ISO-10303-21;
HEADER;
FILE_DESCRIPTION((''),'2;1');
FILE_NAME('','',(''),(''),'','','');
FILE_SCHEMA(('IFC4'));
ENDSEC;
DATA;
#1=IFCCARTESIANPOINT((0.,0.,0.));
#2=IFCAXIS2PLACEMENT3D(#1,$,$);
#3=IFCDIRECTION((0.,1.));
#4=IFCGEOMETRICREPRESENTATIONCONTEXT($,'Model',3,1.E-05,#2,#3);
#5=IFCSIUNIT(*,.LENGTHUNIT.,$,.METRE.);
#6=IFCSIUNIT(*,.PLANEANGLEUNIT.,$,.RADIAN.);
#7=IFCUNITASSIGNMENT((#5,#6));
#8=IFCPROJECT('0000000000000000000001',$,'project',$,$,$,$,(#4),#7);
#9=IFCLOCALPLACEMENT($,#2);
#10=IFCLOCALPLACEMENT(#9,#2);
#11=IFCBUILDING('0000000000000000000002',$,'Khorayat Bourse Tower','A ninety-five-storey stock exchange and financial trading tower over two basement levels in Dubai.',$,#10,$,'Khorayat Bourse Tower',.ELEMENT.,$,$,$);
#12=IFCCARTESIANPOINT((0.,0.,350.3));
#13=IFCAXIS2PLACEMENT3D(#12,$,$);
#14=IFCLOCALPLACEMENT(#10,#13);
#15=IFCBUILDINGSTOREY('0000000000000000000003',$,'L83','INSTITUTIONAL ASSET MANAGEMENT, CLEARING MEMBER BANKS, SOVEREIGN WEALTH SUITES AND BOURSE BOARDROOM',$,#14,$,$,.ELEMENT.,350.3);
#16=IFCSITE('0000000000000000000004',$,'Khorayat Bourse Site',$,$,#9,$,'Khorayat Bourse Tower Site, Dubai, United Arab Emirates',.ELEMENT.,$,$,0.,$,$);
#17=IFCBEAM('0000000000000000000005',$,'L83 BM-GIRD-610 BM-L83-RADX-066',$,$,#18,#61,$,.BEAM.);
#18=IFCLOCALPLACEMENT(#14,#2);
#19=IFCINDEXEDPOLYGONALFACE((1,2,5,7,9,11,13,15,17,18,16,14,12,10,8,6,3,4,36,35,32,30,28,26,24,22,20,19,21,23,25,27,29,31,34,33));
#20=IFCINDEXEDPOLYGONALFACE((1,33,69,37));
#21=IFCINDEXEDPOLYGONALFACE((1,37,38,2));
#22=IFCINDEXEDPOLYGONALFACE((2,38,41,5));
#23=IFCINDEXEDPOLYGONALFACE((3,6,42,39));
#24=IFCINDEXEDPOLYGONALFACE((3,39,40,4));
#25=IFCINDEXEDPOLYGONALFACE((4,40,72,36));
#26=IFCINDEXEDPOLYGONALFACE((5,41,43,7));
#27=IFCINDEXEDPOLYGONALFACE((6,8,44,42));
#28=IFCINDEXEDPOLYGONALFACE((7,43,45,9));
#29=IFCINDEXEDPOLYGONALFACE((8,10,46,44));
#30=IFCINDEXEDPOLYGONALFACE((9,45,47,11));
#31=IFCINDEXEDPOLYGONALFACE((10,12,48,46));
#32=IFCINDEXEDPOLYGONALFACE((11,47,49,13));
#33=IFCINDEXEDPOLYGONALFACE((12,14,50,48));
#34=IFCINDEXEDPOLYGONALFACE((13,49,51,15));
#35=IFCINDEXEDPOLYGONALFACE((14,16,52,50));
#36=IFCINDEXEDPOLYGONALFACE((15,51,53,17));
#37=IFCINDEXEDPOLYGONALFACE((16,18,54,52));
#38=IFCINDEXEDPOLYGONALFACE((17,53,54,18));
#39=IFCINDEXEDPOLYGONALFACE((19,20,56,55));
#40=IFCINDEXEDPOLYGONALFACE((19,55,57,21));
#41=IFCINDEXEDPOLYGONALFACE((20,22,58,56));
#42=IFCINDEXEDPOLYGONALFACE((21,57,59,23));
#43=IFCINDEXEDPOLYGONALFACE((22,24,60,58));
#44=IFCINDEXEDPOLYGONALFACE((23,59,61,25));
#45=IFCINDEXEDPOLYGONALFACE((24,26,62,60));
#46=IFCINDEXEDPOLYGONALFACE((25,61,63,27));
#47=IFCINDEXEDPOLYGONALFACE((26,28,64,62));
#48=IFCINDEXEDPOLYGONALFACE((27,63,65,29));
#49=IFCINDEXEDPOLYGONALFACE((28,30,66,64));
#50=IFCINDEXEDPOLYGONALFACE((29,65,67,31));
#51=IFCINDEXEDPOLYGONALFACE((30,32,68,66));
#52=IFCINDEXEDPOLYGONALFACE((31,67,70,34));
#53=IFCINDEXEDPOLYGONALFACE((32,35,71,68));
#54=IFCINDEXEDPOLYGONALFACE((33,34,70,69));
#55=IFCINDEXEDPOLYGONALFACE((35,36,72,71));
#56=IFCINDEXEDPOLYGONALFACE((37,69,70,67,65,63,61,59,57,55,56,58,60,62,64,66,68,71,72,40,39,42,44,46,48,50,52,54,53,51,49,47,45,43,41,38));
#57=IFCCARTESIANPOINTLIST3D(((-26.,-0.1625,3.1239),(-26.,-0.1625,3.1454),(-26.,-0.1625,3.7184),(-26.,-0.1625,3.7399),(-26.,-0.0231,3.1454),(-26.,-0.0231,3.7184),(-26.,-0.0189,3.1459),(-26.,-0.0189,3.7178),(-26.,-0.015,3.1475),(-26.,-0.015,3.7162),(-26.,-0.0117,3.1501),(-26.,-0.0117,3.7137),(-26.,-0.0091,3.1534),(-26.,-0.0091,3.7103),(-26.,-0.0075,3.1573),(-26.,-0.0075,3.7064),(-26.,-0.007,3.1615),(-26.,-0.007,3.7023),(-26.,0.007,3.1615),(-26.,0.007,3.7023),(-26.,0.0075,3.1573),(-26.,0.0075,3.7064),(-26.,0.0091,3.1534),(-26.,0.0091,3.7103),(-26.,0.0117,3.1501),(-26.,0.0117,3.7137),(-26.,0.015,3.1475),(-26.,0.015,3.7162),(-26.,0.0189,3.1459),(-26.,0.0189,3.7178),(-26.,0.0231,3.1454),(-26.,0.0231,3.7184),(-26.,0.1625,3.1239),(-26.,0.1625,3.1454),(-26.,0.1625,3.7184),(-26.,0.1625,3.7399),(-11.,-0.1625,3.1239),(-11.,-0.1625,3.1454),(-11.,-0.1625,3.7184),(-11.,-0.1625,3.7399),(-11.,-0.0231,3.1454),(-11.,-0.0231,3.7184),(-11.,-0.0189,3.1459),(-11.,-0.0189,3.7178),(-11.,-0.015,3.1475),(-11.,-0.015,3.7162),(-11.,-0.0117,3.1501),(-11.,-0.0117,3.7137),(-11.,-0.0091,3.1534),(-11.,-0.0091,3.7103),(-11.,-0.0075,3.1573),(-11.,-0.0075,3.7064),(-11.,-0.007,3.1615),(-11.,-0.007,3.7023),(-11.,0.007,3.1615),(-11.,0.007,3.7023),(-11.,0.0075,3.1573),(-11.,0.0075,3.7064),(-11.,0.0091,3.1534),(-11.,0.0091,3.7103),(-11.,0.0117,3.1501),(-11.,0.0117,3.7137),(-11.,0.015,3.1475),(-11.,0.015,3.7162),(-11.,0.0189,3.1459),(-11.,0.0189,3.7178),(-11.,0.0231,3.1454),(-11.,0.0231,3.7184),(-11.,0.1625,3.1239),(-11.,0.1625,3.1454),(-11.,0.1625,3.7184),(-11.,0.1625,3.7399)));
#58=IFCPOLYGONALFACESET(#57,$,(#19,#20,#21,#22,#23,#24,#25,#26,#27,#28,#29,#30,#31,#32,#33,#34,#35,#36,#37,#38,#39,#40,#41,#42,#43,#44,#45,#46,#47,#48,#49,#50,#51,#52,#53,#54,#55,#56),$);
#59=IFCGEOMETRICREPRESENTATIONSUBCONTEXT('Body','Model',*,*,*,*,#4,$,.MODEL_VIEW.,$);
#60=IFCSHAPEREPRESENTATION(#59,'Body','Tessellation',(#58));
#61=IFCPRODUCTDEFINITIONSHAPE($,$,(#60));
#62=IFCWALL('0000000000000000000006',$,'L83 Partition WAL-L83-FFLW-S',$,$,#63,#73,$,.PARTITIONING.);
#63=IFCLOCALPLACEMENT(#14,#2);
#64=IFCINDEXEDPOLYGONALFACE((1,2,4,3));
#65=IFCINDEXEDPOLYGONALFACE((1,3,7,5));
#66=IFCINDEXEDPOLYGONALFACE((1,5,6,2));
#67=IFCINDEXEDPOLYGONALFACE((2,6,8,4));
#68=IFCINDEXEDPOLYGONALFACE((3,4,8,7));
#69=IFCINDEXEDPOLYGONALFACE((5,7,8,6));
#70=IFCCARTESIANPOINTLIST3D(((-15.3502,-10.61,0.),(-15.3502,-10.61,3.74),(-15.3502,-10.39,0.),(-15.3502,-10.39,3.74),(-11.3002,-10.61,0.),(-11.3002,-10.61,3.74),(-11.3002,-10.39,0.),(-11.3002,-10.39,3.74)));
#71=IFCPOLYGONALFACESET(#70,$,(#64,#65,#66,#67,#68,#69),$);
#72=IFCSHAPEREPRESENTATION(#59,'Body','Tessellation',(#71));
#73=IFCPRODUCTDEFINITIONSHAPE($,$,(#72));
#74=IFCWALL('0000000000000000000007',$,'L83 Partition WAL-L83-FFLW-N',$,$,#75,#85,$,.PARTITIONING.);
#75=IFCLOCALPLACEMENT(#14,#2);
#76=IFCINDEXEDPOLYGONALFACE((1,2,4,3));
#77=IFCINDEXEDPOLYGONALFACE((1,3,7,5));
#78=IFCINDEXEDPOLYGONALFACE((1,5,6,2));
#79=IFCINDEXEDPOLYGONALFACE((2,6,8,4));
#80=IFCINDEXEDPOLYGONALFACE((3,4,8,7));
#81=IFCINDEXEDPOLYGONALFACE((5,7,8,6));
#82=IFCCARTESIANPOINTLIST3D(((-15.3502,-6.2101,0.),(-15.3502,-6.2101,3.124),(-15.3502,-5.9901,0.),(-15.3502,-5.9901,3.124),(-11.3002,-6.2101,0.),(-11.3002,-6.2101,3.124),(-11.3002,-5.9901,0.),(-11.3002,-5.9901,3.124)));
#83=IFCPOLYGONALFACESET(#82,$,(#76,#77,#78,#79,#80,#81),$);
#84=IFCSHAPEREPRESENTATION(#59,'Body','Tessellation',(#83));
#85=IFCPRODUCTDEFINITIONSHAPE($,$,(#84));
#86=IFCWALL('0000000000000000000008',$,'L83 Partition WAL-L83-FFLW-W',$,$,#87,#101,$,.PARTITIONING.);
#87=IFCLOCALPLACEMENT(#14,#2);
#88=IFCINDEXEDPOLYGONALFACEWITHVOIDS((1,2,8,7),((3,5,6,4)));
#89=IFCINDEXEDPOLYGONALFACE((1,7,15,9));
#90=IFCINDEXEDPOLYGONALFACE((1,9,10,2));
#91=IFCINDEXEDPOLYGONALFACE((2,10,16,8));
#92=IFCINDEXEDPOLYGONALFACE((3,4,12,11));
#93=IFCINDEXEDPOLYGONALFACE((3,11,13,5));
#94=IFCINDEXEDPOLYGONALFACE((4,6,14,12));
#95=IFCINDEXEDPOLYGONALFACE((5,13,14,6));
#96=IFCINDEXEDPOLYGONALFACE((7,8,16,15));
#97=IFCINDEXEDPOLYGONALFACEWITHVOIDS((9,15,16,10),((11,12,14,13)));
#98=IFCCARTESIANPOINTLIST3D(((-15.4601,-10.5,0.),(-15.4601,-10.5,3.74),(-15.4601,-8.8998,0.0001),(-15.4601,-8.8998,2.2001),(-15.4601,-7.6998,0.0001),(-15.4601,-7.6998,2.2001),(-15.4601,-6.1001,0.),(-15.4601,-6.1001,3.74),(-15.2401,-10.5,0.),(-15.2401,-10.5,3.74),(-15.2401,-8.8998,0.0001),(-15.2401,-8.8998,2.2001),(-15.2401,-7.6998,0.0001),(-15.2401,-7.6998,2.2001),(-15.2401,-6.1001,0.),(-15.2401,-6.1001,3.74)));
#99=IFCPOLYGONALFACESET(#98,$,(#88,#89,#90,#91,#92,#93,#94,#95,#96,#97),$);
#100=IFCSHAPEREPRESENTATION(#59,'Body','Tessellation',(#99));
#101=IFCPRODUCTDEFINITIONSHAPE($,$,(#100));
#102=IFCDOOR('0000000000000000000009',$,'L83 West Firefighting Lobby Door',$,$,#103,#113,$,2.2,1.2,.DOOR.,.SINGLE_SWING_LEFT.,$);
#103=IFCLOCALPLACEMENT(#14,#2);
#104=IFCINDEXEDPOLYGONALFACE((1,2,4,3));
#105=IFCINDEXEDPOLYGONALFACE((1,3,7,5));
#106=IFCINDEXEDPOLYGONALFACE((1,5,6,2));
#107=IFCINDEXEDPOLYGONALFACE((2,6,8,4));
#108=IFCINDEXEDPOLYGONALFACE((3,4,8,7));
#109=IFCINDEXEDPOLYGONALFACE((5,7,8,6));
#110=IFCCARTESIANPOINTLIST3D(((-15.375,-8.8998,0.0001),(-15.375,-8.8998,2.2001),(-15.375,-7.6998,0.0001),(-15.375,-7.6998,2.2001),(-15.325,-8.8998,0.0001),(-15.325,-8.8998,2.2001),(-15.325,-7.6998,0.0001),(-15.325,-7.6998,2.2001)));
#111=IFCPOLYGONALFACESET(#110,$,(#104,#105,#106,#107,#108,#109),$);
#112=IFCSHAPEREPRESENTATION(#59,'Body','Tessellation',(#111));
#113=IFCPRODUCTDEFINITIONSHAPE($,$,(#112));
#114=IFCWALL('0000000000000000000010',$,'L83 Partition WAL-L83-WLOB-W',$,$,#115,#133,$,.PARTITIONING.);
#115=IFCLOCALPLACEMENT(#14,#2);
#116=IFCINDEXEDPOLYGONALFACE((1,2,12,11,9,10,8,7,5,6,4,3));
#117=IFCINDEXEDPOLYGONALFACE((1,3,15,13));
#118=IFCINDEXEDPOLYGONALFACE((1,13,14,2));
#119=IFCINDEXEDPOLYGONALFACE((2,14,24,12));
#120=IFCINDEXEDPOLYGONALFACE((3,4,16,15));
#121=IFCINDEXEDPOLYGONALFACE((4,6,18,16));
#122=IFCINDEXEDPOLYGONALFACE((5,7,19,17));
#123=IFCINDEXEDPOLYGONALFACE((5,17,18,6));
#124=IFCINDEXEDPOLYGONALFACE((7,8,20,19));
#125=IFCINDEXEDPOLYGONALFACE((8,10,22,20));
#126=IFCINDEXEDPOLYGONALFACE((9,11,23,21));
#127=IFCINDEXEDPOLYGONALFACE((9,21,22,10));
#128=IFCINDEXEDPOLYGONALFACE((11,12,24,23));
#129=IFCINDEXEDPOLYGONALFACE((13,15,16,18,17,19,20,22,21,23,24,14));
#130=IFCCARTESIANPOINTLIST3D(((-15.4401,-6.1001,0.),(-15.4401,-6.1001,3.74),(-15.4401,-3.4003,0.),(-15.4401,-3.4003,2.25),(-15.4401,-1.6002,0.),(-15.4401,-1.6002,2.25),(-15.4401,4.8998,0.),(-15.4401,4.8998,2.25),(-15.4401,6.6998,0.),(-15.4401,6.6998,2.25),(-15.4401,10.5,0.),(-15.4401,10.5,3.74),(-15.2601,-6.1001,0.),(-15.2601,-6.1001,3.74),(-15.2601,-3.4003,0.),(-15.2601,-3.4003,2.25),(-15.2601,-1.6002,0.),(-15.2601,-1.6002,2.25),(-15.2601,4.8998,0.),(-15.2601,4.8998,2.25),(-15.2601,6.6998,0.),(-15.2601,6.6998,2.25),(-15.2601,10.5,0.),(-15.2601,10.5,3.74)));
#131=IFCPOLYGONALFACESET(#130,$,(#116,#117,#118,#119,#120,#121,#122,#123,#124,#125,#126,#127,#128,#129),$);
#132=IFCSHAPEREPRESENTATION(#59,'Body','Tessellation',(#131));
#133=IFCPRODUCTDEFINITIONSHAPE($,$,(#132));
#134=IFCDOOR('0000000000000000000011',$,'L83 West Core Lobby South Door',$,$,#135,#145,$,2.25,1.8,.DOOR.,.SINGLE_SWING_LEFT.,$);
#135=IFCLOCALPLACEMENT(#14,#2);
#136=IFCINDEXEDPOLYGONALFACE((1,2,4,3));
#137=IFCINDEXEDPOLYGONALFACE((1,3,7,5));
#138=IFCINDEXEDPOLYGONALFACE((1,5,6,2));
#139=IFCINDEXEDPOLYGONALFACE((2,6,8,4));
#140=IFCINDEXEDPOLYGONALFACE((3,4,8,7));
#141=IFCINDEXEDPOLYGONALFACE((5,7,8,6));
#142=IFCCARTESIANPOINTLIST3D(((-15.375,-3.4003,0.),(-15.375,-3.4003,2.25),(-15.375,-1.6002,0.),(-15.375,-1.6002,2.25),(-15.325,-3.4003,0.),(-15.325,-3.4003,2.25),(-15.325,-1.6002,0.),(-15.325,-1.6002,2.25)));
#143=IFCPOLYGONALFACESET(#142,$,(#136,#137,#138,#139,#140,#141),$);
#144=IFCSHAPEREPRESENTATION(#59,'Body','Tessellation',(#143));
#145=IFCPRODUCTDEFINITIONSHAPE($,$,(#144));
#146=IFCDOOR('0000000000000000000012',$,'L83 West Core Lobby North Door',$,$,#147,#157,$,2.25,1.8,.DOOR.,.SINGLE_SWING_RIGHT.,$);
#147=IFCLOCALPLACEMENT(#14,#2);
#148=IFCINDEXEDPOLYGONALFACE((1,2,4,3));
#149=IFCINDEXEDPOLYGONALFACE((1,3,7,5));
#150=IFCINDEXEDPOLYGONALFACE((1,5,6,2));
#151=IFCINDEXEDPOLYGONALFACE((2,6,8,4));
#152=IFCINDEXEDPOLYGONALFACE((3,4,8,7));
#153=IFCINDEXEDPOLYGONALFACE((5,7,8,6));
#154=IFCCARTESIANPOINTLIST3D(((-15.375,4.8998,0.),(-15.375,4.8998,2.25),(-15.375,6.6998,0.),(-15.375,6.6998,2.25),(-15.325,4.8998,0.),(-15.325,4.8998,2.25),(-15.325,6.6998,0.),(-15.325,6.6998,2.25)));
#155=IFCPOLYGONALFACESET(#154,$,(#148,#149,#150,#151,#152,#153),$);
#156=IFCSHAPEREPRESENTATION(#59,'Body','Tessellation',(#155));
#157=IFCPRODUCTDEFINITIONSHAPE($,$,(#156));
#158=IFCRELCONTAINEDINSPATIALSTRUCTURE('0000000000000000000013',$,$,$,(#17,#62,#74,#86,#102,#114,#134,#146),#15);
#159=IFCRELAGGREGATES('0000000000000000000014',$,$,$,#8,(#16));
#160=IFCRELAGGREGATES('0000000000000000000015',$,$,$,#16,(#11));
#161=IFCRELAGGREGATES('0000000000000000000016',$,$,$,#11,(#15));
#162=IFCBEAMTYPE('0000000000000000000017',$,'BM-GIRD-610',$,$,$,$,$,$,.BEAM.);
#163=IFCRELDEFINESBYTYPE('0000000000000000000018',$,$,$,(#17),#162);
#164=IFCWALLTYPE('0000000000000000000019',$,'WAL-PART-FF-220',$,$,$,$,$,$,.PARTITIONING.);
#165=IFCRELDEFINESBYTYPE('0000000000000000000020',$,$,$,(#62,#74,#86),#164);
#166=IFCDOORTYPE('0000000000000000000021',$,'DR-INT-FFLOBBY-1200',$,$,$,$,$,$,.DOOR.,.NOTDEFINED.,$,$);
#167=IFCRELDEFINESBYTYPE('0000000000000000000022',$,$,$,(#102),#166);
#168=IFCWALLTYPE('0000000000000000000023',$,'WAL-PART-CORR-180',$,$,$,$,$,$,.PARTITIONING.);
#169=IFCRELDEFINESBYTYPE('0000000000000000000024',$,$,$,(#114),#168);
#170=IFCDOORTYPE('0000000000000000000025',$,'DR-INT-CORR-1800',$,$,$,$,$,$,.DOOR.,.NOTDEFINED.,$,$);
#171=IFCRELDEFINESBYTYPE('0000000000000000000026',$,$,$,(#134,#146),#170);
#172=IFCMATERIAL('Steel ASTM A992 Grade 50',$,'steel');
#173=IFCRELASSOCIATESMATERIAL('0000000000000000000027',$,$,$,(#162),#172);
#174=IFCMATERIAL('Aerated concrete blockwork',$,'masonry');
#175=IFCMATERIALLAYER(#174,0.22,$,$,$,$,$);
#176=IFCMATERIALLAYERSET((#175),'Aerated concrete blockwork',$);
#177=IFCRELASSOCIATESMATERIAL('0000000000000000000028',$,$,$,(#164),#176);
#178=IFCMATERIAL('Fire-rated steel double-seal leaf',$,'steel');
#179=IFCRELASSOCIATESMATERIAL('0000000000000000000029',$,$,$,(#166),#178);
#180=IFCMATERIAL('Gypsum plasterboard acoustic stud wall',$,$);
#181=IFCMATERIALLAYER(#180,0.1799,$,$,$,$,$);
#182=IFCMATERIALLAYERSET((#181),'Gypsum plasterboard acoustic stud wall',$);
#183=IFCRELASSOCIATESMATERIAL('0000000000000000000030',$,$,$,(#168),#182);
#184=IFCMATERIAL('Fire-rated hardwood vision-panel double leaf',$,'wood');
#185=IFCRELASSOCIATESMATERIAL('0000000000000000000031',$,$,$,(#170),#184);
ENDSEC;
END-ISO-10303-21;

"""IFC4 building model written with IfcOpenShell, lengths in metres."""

from ifc_helpers import new_model, si_unit, direction, frame, frame_2d, origin, origin_2d, place, context, subcontext, project, spatial, rectangle, i_section, extrude, source, transform, mapped, material, layer, layer_set, material_profile, profile_set, type_object, element, fill, save


model = new_model("IFC4")

# Units and contexts
model_context = context("Model", 3, precision=1e-05, world=origin(), true_north=direction((0.0, 1.0)))
body_context = subcontext(model_context, "Body", "Model", "MODEL_VIEW")
ifc_project = project(units=[si_unit("LENGTHUNIT", "METRE"), si_unit("PLANEANGLEUNIT", "RADIAN")], contexts=[model_context])

# Site, building, storey
site_placement = place(None, origin())
site = spatial("IfcSite", under=ifc_project, at=site_placement, Name="Khorayat Bourse Site", LongName="Khorayat Bourse Tower Site, Dubai, United Arab Emirates", CompositionType="ELEMENT", RefElevation=0.0)
building_placement = place(site_placement, origin())
building = spatial("IfcBuilding", under=site, at=building_placement, Name="Khorayat Bourse Tower", Description="A ninety-five-storey stock exchange and financial trading tower over two basement levels in Dubai.", LongName="Khorayat Bourse Tower", CompositionType="ELEMENT")
storey_placement = place(building_placement, frame((0.0, 0.0, 350.3)))
storey = spatial("IfcBuildingStorey", under=building, at=storey_placement, Name="L83", Description="INSTITUTIONAL ASSET MANAGEMENT, CLEARING MEMBER BANKS, SOVEREIGN WEALTH SUITES AND BOURSE BOARDROOM", CompositionType="ELEMENT", Elevation=350.3)

# Beam
ifc_material_1 = material(Name="Steel ASTM A992 Grade 50", Category="steel")
ifc_material_profile_1 = material_profile(ifc_material_1, i_section(OverallWidth=0.325, OverallDepth=0.616, WebThickness=0.0139, FlangeThickness=0.0215, FilletRadius=0.0161, at=origin_2d()), Name="W610X174")
ifc_profile_set_1 = profile_set([ifc_material_profile_1], Name="Steel ASTM A992 Grade 50")
beam_type_1 = type_object("IfcBeamType", Name="BM-GIRD-610", PredefinedType="BEAM", material=ifc_profile_set_1)
shared_shape_1 = source(origin(), body_context, "Body", "SweptSolid", [
    extrude(i_section(OverallWidth=0.325, OverallDepth=0.616, WebThickness=0.0139, FlangeThickness=0.0215, FilletRadius=0.0161, at=origin_2d()), origin(), (0.0, 0.0, 1.0), 15.0),
])
beam_1_placement = place(storey_placement, frame((-26.0, 0.0, 3.4319), z_axis=(1.0, 0.0, 0.0), x_axis=(0.0, 1.0, 0.0)))
element("IfcBeam", 1, at=beam_1_placement, inside=storey, type_object=beam_type_1, Name="L83 BM-GIRD-610 BM-L83-RADX-066", PredefinedType="BEAM", context=body_context, shape_type="MappedRepresentation", body=[
    mapped(shared_shape_1, transform((0.0, 0.0, 0.0), scale=1.0)),
])

# Walls
ifc_material_2 = material(Name="Aerated concrete blockwork", Category="masonry")
ifc_layer_1 = layer(ifc_material_2, 0.22)
ifc_layer_set_1 = layer_set([ifc_layer_1], Name="Aerated concrete blockwork")
wall_type_1 = type_object("IfcWallType", Name="WAL-PART-FF-220", PredefinedType="PARTITIONING", material=ifc_layer_set_1)
shared_shape_2 = source(origin(), body_context, "Body", "SweptSolid", [
    extrude(rectangle(XDim=4.05, YDim=0.22, at=frame_2d((2.0249, 0.0))), origin(), (0.0, 0.0, 1.0), 3.74),
])
wall_1_placement = place(storey_placement, frame((-15.3501, -10.5, 0.0), z_axis=(0.0, 0.0, 1.0), x_axis=(1.0, 0.0, 0.0)))
element("IfcWall", 2, at=wall_1_placement, inside=storey, type_object=wall_type_1, Name="L83 Partition WAL-L83-FFLW-S", PredefinedType="PARTITIONING", context=body_context, shape_type="MappedRepresentation", body=[
    mapped(shared_shape_2, transform((0.0, 0.0, 0.0), scale=1.0)),
])
shared_shape_3 = source(origin(), body_context, "Body", "SweptSolid", [
    extrude(rectangle(XDim=4.05, YDim=0.22, at=frame_2d((2.0249, 0.0))), origin(), (0.0, 0.0, 1.0), 3.124),
])
wall_2_placement = place(storey_placement, frame((-15.3501, -6.1001, 0.0), z_axis=(0.0, 0.0, 1.0), x_axis=(1.0, 0.0, 0.0)))
element("IfcWall", 3, at=wall_2_placement, inside=storey, type_object=wall_type_1, Name="L83 Partition WAL-L83-FFLW-N", PredefinedType="PARTITIONING", context=body_context, shape_type="MappedRepresentation", body=[
    mapped(shared_shape_3, transform((0.0, 0.0, 0.0), scale=1.0)),
])

# Wall, opening, door
shared_shape_4 = source(origin(), body_context, "Body", "SweptSolid", [
    extrude(rectangle(XDim=4.3999, YDim=0.22, at=frame_2d((2.2, 0.0))), origin(), (0.0, 0.0, 1.0), 3.74),
])
wall_3_placement = place(storey_placement, frame((-15.3501, -10.5, 0.0), z_axis=(0.0, 0.0, 1.0), x_axis=(0.0, 1.0, 0.0)))
wall_3 = element("IfcWall", 4, at=wall_3_placement, inside=storey, type_object=wall_type_1, Name="L83 Partition WAL-L83-FFLW-W", PredefinedType="PARTITIONING", context=body_context, shape_type="MappedRepresentation", body=[
    mapped(shared_shape_4, transform((0.0, 0.0, 0.0), scale=1.0)),
])
shared_shape_5 = source(origin(), body_context, "Body", "SweptSolid", [
    extrude(rectangle(XDim=1.2, YDim=2.2, at=frame_2d((0.6001, 1.1001))), frame((0.0, 0.1199, 0.0), z_axis=(0.0, -1.0, 0.0), x_axis=(1.0, 0.0, 0.0)), (0.0, 0.0, 1.0), 0.24),
])
opening_1_placement = place(wall_3_placement, frame((1.6001, 0.0, 0.0)))
opening_1 = element("IfcOpeningElement", 5, at=opening_1_placement, cuts=wall_3, PredefinedType="OPENING", context=body_context, shape_type="MappedRepresentation", body=[
    mapped(shared_shape_5, transform((0.0, 0.0, 0.0), scale=1.0)),
])
ifc_material_3 = material(Name="Fire-rated steel double-seal leaf", Category="steel")
door_type_1 = type_object("IfcDoorType", Name="DR-INT-FFLOBBY-1200", OperationType="NOTDEFINED", PredefinedType="DOOR", material=ifc_material_3)
shared_shape_6 = source(origin(), body_context, "Body", "SweptSolid", [
    extrude(rectangle(XDim=1.2, YDim=2.2, at=frame_2d((0.6001, 1.1001))), frame((0.0, 0.0249, 0.0), z_axis=(0.0, -1.0, 0.0), x_axis=(1.0, 0.0, 0.0)), (0.0, 0.0, 1.0), 0.05),
])
door_1_placement = place(opening_1_placement, origin())
door_1 = element("IfcDoor", 6, at=door_1_placement, inside=storey, type_object=door_type_1, Name="L83 West Firefighting Lobby Door", OperationType="SINGLE_SWING_LEFT", OverallHeight=2.2, OverallWidth=1.2, PredefinedType="DOOR", context=body_context, shape_type="MappedRepresentation", body=[
    mapped(shared_shape_6, transform((0.0, 0.0, 0.0), scale=1.0)),
])
fill(opening_1, door_1)

# Wall, openings, doors
ifc_material_4 = material(Name="Gypsum plasterboard acoustic stud wall")
ifc_layer_2 = layer(ifc_material_4, 0.1799)
ifc_layer_set_2 = layer_set([ifc_layer_2], Name="Gypsum plasterboard acoustic stud wall")
wall_type_2 = type_object("IfcWallType", Name="WAL-PART-CORR-180", PredefinedType="PARTITIONING", material=ifc_layer_set_2)
shared_shape_7 = source(origin(), body_context, "Body", "SweptSolid", [
    extrude(rectangle(XDim=16.6001, YDim=0.1799, at=frame_2d((8.3, 0.0))), origin(), (0.0, 0.0, 1.0), 3.74),
])
wall_4_placement = place(storey_placement, frame((-15.3501, -6.1001, 0.0), z_axis=(0.0, 0.0, 1.0), x_axis=(0.0, 1.0, 0.0)))
wall_4 = element("IfcWall", 7, at=wall_4_placement, inside=storey, type_object=wall_type_2, Name="L83 Partition WAL-L83-WLOB-W", PredefinedType="PARTITIONING", context=body_context, shape_type="MappedRepresentation", body=[
    mapped(shared_shape_7, transform((0.0, 0.0, 0.0), scale=1.0)),
])
shared_shape_8 = source(origin(), body_context, "Body", "SweptSolid", [
    extrude(rectangle(XDim=1.8, YDim=2.25, at=frame_2d((0.8999, 1.125))), frame((0.0, 0.0999, 0.0), z_axis=(0.0, -1.0, 0.0), x_axis=(1.0, 0.0, 0.0)), (0.0, 0.0, 1.0), 0.2),
])
opening_2_placement = place(wall_4_placement, frame((2.7, 0.0, 0.0)))
opening_2 = element("IfcOpeningElement", 8, at=opening_2_placement, cuts=wall_4, PredefinedType="OPENING", context=body_context, shape_type="MappedRepresentation", body=[
    mapped(shared_shape_8, transform((0.0, 0.0, 0.0), scale=1.0)),
])
opening_3_placement = place(wall_4_placement, frame((11.0, 0.0, 0.0)))
opening_3 = element("IfcOpeningElement", 9, at=opening_3_placement, cuts=wall_4, PredefinedType="OPENING", context=body_context, shape_type="MappedRepresentation", body=[
    mapped(shared_shape_8, transform((0.0, 0.0, 0.0), scale=1.0)),
])
ifc_material_5 = material(Name="Fire-rated hardwood vision-panel double leaf", Category="wood")
door_type_2 = type_object("IfcDoorType", Name="DR-INT-CORR-1800", OperationType="NOTDEFINED", PredefinedType="DOOR", material=ifc_material_5)
shared_shape_9 = source(origin(), body_context, "Body", "SweptSolid", [
    extrude(rectangle(XDim=1.8, YDim=2.25, at=frame_2d((0.8999, 1.125))), frame((0.0, 0.0249, 0.0), z_axis=(0.0, -1.0, 0.0), x_axis=(1.0, 0.0, 0.0)), (0.0, 0.0, 1.0), 0.05),
])
door_2_placement = place(opening_2_placement, origin())
door_2 = element("IfcDoor", 10, at=door_2_placement, inside=storey, type_object=door_type_2, Name="L83 West Core Lobby South Door", OperationType="SINGLE_SWING_LEFT", OverallHeight=2.25, OverallWidth=1.8, PredefinedType="DOOR", context=body_context, shape_type="MappedRepresentation", body=[
    mapped(shared_shape_9, transform((0.0, 0.0, 0.0), scale=1.0)),
])
fill(opening_2, door_2)
door_3_placement = place(opening_3_placement, origin())
door_3 = element("IfcDoor", 11, at=door_3_placement, inside=storey, type_object=door_type_2, Name="L83 West Core Lobby North Door", OperationType="SINGLE_SWING_RIGHT", OverallHeight=2.25, OverallWidth=1.8, PredefinedType="DOOR", context=body_context, shape_type="MappedRepresentation", body=[
    mapped(shared_shape_9, transform((0.0, 0.0, 0.0), scale=1.0)),
])
fill(opening_3, door_3)

save(model, "model.ifc")
